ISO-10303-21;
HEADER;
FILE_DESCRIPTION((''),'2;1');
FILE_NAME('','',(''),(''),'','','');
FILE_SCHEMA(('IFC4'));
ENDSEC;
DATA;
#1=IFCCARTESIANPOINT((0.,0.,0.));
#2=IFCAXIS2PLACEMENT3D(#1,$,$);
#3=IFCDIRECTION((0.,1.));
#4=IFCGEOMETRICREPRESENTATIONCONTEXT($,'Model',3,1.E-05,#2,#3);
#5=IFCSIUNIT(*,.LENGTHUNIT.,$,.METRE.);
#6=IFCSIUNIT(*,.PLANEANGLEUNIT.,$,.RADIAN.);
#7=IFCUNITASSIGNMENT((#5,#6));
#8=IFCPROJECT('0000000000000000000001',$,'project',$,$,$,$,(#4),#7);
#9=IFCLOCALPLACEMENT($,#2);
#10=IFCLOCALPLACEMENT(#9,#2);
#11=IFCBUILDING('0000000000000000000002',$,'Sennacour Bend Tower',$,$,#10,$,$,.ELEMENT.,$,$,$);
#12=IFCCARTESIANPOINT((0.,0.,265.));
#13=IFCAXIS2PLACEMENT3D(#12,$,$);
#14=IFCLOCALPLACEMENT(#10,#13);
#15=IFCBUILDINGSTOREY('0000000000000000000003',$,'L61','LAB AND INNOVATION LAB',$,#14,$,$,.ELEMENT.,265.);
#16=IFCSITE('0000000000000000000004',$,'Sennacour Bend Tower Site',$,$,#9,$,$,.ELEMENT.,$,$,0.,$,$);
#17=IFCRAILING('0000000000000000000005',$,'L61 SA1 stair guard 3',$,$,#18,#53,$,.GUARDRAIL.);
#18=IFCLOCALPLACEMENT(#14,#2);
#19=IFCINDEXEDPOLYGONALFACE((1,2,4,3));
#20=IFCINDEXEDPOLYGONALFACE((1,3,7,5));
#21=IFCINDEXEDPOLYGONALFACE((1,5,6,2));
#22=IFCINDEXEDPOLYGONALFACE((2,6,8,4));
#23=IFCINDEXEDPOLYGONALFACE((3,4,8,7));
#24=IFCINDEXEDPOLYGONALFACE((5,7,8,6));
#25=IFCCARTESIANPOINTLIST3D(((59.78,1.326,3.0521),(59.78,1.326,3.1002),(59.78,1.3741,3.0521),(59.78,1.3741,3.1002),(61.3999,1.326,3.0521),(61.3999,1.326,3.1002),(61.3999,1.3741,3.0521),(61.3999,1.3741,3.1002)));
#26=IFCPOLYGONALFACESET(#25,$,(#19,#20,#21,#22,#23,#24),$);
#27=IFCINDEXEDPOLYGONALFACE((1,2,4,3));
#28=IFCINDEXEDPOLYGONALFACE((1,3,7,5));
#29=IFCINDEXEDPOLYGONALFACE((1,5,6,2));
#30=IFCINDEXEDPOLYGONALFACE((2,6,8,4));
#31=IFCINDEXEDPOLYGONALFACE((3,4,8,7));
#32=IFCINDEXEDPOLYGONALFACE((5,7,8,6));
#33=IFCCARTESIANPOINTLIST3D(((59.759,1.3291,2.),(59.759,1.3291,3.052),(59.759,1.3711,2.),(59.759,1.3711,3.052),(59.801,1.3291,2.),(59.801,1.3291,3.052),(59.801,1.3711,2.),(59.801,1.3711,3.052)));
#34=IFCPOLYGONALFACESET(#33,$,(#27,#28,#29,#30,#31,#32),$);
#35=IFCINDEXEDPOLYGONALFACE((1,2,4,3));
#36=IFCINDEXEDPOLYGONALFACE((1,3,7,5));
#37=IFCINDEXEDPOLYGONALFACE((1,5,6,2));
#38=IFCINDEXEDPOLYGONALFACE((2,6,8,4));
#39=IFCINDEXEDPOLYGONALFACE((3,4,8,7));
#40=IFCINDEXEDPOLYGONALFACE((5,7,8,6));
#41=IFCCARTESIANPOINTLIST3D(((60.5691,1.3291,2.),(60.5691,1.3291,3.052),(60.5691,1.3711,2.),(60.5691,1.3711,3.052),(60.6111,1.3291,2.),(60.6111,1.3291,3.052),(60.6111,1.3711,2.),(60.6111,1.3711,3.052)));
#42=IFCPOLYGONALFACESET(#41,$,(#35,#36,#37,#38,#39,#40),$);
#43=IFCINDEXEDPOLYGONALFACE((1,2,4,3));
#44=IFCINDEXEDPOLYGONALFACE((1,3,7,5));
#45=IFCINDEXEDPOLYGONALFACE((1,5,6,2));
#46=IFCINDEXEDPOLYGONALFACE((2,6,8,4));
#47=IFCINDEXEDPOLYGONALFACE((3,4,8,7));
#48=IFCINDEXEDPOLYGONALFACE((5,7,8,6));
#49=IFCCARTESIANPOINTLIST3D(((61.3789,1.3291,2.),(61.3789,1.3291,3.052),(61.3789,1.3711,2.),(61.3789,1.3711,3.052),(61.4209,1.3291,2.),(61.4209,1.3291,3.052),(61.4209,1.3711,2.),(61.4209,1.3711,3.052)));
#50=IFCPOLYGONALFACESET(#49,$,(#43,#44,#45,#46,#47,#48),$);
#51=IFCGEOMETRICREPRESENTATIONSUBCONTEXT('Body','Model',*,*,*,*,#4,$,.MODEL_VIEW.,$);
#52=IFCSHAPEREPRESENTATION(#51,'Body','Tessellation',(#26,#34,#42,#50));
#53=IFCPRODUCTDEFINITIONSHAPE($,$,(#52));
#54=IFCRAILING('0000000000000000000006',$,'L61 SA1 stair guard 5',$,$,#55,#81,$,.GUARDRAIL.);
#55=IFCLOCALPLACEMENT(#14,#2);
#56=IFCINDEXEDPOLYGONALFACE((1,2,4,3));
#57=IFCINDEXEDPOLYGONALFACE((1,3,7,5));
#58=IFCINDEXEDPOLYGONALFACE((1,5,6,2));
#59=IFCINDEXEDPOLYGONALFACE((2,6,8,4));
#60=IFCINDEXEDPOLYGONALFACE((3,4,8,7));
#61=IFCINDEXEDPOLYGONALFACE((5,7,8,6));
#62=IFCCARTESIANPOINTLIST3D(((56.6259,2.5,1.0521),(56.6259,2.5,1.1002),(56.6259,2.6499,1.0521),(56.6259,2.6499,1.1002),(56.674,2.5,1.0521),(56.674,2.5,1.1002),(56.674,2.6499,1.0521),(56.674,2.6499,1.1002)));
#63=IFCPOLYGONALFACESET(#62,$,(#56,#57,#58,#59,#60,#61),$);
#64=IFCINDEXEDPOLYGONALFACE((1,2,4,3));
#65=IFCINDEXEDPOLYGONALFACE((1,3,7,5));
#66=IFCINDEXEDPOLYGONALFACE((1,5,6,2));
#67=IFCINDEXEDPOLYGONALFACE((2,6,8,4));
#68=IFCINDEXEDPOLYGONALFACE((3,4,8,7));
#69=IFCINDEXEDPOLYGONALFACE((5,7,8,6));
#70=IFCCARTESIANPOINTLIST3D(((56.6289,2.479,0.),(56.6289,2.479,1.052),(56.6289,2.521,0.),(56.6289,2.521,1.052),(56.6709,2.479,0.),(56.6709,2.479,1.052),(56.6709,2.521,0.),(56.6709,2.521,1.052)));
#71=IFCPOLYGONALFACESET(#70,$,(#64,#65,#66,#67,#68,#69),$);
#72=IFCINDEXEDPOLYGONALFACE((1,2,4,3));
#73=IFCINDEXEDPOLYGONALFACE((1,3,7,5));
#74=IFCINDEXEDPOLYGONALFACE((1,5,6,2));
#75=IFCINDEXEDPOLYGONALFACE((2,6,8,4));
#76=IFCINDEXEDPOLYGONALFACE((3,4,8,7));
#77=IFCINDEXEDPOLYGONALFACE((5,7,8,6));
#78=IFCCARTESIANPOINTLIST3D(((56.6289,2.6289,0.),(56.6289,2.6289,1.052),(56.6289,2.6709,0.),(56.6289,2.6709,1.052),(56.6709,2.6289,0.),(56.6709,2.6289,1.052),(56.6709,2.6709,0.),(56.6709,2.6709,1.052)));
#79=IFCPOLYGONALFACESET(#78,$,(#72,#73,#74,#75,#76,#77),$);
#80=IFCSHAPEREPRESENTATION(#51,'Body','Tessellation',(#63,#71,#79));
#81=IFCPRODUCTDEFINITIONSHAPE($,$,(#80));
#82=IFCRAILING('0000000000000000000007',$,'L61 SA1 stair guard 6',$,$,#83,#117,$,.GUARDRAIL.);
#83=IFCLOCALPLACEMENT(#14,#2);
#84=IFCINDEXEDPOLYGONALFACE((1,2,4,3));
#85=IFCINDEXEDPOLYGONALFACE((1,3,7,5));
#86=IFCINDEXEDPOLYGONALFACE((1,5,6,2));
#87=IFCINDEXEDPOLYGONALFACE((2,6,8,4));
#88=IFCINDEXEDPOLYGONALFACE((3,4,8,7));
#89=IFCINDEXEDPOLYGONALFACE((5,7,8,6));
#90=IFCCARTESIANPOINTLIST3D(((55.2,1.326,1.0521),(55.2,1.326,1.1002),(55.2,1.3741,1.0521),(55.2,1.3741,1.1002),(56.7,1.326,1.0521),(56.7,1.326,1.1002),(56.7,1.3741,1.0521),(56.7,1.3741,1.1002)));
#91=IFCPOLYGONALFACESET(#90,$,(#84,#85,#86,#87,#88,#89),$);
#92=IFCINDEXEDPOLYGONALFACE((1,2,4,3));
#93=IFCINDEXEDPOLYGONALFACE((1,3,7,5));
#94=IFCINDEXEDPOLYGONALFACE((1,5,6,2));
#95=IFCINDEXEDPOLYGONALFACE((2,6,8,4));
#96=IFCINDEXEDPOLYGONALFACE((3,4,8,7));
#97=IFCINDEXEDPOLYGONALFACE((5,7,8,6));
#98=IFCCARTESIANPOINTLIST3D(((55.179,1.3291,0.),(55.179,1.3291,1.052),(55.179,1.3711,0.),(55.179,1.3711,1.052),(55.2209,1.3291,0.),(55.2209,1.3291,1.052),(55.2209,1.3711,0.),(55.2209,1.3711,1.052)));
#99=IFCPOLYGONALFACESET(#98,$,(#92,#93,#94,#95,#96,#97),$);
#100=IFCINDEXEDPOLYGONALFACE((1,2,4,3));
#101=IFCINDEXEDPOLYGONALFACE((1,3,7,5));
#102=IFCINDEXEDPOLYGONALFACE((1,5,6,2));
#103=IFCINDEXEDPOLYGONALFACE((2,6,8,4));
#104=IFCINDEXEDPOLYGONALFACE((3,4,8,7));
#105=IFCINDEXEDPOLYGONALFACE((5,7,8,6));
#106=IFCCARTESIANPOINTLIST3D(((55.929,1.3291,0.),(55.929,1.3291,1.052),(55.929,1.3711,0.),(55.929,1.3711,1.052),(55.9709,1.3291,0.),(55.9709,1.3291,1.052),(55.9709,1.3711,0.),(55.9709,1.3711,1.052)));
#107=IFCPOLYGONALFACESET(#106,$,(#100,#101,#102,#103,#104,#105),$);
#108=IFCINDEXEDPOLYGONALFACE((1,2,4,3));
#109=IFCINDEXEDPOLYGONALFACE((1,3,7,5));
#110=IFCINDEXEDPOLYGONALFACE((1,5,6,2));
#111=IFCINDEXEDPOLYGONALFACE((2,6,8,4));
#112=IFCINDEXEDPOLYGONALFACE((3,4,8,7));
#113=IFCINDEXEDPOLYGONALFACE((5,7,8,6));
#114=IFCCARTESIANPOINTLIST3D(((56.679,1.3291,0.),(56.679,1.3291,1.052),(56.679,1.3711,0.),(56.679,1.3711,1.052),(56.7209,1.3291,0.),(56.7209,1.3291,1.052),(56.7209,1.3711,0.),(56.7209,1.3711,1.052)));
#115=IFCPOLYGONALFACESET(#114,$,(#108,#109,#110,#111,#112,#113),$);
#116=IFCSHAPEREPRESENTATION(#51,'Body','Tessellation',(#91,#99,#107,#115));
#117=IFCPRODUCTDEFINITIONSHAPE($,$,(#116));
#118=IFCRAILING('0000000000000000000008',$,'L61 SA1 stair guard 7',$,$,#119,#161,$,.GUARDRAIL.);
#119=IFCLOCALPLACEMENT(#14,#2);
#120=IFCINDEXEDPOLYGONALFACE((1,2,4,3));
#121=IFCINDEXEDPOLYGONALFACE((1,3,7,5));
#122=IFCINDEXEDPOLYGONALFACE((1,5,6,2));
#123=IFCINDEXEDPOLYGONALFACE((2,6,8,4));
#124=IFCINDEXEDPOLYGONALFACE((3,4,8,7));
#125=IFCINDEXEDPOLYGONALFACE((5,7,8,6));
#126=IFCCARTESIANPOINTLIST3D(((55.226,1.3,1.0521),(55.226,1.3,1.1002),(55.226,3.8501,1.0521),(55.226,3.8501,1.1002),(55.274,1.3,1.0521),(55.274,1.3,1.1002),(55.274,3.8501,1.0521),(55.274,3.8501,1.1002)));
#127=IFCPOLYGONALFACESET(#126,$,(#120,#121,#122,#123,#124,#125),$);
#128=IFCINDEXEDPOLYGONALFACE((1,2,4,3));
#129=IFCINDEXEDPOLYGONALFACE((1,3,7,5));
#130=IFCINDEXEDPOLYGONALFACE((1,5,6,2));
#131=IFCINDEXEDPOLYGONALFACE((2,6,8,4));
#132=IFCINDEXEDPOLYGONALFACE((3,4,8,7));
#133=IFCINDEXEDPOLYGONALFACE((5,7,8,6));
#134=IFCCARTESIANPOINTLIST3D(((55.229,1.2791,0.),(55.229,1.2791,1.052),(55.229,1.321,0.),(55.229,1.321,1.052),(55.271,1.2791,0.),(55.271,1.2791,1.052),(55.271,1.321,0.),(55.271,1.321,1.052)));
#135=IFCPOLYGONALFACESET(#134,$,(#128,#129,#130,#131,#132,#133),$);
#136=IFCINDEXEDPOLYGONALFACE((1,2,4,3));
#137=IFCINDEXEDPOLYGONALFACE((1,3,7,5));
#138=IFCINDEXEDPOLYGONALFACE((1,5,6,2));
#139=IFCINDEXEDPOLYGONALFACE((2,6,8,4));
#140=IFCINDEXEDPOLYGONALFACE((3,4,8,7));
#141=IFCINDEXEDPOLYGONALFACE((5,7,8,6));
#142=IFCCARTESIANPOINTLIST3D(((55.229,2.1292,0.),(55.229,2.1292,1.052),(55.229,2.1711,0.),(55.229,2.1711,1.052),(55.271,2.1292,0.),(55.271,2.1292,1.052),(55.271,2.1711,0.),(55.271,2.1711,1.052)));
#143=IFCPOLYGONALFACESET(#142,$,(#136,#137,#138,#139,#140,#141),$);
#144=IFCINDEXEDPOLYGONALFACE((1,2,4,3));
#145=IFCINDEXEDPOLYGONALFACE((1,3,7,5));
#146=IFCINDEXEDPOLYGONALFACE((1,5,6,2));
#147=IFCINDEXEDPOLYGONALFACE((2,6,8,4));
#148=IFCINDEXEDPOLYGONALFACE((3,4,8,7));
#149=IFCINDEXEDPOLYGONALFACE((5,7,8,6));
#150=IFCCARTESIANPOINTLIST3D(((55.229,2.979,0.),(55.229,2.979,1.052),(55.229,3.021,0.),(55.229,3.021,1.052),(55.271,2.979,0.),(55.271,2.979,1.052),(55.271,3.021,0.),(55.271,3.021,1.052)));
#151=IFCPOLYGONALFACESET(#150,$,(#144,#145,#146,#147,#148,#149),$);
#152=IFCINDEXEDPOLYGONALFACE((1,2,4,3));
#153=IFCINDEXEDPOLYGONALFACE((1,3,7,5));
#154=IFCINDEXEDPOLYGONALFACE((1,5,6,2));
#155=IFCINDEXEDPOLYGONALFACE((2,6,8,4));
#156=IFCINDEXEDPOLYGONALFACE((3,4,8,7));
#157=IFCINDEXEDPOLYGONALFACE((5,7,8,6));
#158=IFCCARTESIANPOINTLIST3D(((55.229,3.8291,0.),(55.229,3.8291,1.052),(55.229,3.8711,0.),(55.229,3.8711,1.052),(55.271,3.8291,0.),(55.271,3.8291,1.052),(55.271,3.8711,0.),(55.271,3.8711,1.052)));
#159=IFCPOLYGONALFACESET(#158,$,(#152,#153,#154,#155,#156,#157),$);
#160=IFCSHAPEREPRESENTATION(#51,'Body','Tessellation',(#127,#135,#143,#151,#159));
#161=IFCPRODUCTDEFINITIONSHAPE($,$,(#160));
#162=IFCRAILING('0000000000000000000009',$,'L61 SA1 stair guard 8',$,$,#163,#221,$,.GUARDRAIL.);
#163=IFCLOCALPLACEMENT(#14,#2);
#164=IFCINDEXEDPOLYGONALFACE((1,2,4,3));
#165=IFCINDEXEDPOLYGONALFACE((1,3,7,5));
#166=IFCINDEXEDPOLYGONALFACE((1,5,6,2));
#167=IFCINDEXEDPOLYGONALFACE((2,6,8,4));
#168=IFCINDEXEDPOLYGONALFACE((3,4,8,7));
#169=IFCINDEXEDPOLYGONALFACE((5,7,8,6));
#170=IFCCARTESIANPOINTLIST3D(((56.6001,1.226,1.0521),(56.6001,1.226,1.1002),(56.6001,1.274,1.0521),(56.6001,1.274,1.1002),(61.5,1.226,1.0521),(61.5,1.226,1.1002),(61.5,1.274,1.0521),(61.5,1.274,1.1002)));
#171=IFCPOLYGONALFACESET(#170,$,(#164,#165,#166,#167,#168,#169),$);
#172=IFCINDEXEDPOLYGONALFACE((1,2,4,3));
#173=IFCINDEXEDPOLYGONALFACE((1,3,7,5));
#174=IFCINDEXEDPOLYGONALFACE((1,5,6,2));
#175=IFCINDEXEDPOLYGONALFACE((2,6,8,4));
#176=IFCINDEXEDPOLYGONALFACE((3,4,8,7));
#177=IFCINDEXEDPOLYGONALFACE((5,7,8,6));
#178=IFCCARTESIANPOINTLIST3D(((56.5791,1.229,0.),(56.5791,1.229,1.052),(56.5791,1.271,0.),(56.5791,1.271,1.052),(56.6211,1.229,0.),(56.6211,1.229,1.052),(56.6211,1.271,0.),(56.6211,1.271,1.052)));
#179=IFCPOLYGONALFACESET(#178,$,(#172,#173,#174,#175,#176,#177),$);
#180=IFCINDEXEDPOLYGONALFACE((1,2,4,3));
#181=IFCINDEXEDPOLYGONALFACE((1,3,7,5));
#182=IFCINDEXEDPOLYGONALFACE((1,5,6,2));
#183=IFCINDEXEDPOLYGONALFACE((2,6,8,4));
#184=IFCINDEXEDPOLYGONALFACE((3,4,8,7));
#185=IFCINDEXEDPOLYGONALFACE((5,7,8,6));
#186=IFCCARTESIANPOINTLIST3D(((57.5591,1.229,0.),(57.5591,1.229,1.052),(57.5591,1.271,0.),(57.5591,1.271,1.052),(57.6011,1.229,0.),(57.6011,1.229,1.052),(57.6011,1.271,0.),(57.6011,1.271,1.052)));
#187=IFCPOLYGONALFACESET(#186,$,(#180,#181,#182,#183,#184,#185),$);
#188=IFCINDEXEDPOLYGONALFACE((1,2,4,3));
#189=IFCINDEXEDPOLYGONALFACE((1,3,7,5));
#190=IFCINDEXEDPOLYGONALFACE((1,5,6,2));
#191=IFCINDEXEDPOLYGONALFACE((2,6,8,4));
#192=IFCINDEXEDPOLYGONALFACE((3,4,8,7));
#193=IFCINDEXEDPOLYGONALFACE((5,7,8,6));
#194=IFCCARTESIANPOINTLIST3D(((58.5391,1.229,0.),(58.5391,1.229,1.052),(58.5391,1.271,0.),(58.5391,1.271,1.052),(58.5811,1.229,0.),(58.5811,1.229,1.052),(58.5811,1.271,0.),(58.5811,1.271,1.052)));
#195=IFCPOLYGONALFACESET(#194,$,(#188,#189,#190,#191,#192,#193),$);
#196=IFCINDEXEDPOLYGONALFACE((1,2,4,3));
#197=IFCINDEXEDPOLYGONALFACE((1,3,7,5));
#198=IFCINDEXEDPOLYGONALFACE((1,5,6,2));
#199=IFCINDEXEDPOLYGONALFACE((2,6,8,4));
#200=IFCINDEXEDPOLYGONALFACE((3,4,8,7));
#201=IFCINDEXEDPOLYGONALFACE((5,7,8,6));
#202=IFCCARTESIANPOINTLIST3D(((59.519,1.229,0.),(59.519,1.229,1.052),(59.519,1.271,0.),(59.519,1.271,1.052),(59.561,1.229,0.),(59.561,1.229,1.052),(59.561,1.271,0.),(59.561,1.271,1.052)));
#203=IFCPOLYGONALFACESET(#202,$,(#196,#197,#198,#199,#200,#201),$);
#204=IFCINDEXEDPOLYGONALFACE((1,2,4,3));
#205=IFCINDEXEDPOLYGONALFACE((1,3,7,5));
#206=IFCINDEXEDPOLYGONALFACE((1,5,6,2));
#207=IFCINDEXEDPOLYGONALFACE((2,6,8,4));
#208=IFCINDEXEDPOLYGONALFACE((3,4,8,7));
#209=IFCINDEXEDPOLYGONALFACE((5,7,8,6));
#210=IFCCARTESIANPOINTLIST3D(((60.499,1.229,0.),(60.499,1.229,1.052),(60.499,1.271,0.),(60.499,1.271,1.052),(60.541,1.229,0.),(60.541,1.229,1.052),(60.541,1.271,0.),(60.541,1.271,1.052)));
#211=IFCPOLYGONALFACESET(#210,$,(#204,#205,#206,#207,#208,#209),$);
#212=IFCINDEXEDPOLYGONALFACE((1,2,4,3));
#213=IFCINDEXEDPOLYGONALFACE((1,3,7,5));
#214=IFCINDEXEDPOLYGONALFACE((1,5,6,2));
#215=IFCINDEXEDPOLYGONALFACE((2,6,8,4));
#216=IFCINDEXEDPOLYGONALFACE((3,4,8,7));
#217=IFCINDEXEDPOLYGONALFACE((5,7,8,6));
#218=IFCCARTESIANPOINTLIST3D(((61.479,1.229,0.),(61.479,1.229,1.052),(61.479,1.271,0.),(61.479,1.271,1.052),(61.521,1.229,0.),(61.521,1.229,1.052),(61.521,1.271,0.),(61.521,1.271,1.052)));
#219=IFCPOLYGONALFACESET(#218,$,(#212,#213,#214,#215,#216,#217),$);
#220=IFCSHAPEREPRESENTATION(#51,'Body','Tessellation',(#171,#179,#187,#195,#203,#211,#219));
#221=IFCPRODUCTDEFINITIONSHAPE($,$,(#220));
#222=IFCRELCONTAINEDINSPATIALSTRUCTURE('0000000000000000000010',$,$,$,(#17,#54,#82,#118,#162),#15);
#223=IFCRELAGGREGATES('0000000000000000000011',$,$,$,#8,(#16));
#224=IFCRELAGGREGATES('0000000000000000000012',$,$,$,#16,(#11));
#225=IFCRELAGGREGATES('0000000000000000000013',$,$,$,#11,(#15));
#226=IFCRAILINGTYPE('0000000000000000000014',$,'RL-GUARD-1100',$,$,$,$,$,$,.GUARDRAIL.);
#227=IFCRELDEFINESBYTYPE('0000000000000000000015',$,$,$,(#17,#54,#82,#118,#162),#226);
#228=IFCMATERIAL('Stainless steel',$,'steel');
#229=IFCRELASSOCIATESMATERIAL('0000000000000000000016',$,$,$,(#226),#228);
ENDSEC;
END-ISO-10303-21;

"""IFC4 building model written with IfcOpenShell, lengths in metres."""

from ifc_helpers import new_model, si_unit, direction, frame, origin, origin_2d, place, context, subcontext, project, spatial, rectangle, extrude, material, type_object, element, save


model = new_model("IFC4")

# Units and contexts
model_context = context("Model", 3, precision=1e-05, world=origin(), true_north=direction((0.0, 1.0)))
body_context = subcontext(model_context, "Body", "Model", "MODEL_VIEW")
ifc_project = project(units=[si_unit("LENGTHUNIT", "METRE"), si_unit("PLANEANGLEUNIT", "RADIAN")], contexts=[model_context])

# Site, building, storey
site_placement = place(None, origin())
site = spatial("IfcSite", under=ifc_project, at=site_placement, Name="Sennacour Bend Tower Site", CompositionType="ELEMENT", RefElevation=0.0)
building_placement = place(site_placement, origin())
building = spatial("IfcBuilding", under=site, at=building_placement, Name="Sennacour Bend Tower", CompositionType="ELEMENT")
storey_placement = place(building_placement, frame((0.0, 0.0, 265.0)))
storey = spatial("IfcBuildingStorey", under=building, at=storey_placement, Name="L61", Description="LAB AND INNOVATION LAB", CompositionType="ELEMENT", Elevation=265.0)

# Shared definitions
ifc_material_1 = material(Name="Stainless steel", Category="steel")

# Railings
railing_type_1 = type_object("IfcRailingType", Name="RL-GUARD-1100", PredefinedType="GUARDRAIL", material=ifc_material_1)
railing_1_placement = place(storey_placement, frame((59.78, 1.3501, 2.0)))
element("IfcRailing", 1, at=railing_1_placement, inside=storey, type_object=railing_type_1, Name="L61 SA1 stair guard 3", PredefinedType="GUARDRAIL", context=body_context, shape_type="SweptSolid", body=[
    extrude(rectangle(XDim=0.0481, YDim=0.0481, at=origin_2d()), frame((0.0, 0.0, 1.0762), z_axis=(1.0, 0.0, 0.0), x_axis=(0.0, 1.0, 0.0)), (0.0, 0.0, 1.0), 1.6199),
    extrude(rectangle(XDim=0.042, YDim=0.042, at=origin_2d()), origin(), (0.0, 0.0, 1.0), 1.052),
    extrude(rectangle(XDim=0.042, YDim=0.042, at=origin_2d()), frame((0.8101, 0.0, 0.0)), (0.0, 0.0, 1.0), 1.052),
    extrude(rectangle(XDim=0.042, YDim=0.042, at=origin_2d()), frame((1.6199, 0.0, 0.0)), (0.0, 0.0, 1.0), 1.052),
])
railing_2_placement = place(storey_placement, frame((56.6499, 2.5, 0.0)))
element("IfcRailing", 2, at=railing_2_placement, inside=storey, type_object=railing_type_1, Name="L61 SA1 stair guard 5", PredefinedType="GUARDRAIL", context=body_context, shape_type="SweptSolid", body=[
    extrude(rectangle(XDim=0.0481, YDim=0.0481, at=origin_2d()), frame((0.0, 0.0, 1.0762), z_axis=(0.0, 1.0, 0.0), x_axis=(-1.0, 0.0, 0.0)), (0.0, 0.0, 1.0), 0.1499),
    extrude(rectangle(XDim=0.042, YDim=0.042, at=origin_2d()), origin(), (0.0, 0.0, 1.0), 1.052),
    extrude(rectangle(XDim=0.042, YDim=0.042, at=origin_2d()), frame((0.0, 0.1499, 0.0)), (0.0, 0.0, 1.0), 1.052),
])
railing_3_placement = place(storey_placement, frame((55.2, 1.3501, 0.0)))
element("IfcRailing", 3, at=railing_3_placement, inside=storey, type_object=railing_type_1, Name="L61 SA1 stair guard 6", PredefinedType="GUARDRAIL", context=body_context, shape_type="SweptSolid", body=[
    extrude(rectangle(XDim=0.0481, YDim=0.0481, at=origin_2d()), frame((0.0, 0.0, 1.0762), z_axis=(1.0, 0.0, 0.0), x_axis=(0.0, 1.0, 0.0)), (0.0, 0.0, 1.0), 1.5),
    extrude(rectangle(XDim=0.042, YDim=0.042, at=origin_2d()), origin(), (0.0, 0.0, 1.0), 1.052),
    extrude(rectangle(XDim=0.042, YDim=0.042, at=origin_2d()), frame((0.75, 0.0, 0.0)), (0.0, 0.0, 1.0), 1.052),
    extrude(rectangle(XDim=0.042, YDim=0.042, at=origin_2d()), frame((1.5, 0.0, 0.0)), (0.0, 0.0, 1.0), 1.052),
])
railing_4_placement = place(storey_placement, frame((55.25, 1.3, 0.0)))
element("IfcRailing", 4, at=railing_4_placement, inside=storey, type_object=railing_type_1, Name="L61 SA1 stair guard 7", PredefinedType="GUARDRAIL", context=body_context, shape_type="SweptSolid", body=[
    extrude(rectangle(XDim=0.0481, YDim=0.0481, at=origin_2d()), frame((0.0, 0.0, 1.0762), z_axis=(0.0, 1.0, 0.0), x_axis=(-1.0, 0.0, 0.0)), (0.0, 0.0, 1.0), 2.55),
    extrude(rectangle(XDim=0.042, YDim=0.042, at=origin_2d()), origin(), (0.0, 0.0, 1.0), 1.052),
    extrude(rectangle(XDim=0.042, YDim=0.042, at=origin_2d()), frame((0.0, 0.8501, 0.0)), (0.0, 0.0, 1.0), 1.052),
    extrude(rectangle(XDim=0.042, YDim=0.042, at=origin_2d()), frame((0.0, 1.7, 0.0)), (0.0, 0.0, 1.0), 1.052),
    extrude(rectangle(XDim=0.042, YDim=0.042, at=origin_2d()), frame((0.0, 2.55, 0.0)), (0.0, 0.0, 1.0), 1.052),
])
railing_5_placement = place(storey_placement, frame((56.6001, 1.25, 0.0)))
element("IfcRailing", 5, at=railing_5_placement, inside=storey, type_object=railing_type_1, Name="L61 SA1 stair guard 8", PredefinedType="GUARDRAIL", context=body_context, shape_type="SweptSolid", body=[
    extrude(rectangle(XDim=0.0481, YDim=0.0481, at=origin_2d()), frame((0.0, 0.0, 1.0762), z_axis=(1.0, 0.0, 0.0), x_axis=(0.0, 1.0, 0.0)), (0.0, 0.0, 1.0), 4.8999),
    extrude(rectangle(XDim=0.042, YDim=0.042, at=origin_2d()), origin(), (0.0, 0.0, 1.0), 1.052),
    extrude(rectangle(XDim=0.042, YDim=0.042, at=origin_2d()), frame((0.98, 0.0, 0.0)), (0.0, 0.0, 1.0), 1.052),
    extrude(rectangle(XDim=0.042, YDim=0.042, at=origin_2d()), frame((1.96, 0.0, 0.0)), (0.0, 0.0, 1.0), 1.052),
    extrude(rectangle(XDim=0.042, YDim=0.042, at=origin_2d()), frame((2.9399, 0.0, 0.0)), (0.0, 0.0, 1.0), 1.052),
    extrude(rectangle(XDim=0.042, YDim=0.042, at=origin_2d()), frame((3.9199, 0.0, 0.0)), (0.0, 0.0, 1.0), 1.052),
    extrude(rectangle(XDim=0.042, YDim=0.042, at=origin_2d()), frame((4.8999, 0.0, 0.0)), (0.0, 0.0, 1.0), 1.052),
])

save(model, "model.ifc")
